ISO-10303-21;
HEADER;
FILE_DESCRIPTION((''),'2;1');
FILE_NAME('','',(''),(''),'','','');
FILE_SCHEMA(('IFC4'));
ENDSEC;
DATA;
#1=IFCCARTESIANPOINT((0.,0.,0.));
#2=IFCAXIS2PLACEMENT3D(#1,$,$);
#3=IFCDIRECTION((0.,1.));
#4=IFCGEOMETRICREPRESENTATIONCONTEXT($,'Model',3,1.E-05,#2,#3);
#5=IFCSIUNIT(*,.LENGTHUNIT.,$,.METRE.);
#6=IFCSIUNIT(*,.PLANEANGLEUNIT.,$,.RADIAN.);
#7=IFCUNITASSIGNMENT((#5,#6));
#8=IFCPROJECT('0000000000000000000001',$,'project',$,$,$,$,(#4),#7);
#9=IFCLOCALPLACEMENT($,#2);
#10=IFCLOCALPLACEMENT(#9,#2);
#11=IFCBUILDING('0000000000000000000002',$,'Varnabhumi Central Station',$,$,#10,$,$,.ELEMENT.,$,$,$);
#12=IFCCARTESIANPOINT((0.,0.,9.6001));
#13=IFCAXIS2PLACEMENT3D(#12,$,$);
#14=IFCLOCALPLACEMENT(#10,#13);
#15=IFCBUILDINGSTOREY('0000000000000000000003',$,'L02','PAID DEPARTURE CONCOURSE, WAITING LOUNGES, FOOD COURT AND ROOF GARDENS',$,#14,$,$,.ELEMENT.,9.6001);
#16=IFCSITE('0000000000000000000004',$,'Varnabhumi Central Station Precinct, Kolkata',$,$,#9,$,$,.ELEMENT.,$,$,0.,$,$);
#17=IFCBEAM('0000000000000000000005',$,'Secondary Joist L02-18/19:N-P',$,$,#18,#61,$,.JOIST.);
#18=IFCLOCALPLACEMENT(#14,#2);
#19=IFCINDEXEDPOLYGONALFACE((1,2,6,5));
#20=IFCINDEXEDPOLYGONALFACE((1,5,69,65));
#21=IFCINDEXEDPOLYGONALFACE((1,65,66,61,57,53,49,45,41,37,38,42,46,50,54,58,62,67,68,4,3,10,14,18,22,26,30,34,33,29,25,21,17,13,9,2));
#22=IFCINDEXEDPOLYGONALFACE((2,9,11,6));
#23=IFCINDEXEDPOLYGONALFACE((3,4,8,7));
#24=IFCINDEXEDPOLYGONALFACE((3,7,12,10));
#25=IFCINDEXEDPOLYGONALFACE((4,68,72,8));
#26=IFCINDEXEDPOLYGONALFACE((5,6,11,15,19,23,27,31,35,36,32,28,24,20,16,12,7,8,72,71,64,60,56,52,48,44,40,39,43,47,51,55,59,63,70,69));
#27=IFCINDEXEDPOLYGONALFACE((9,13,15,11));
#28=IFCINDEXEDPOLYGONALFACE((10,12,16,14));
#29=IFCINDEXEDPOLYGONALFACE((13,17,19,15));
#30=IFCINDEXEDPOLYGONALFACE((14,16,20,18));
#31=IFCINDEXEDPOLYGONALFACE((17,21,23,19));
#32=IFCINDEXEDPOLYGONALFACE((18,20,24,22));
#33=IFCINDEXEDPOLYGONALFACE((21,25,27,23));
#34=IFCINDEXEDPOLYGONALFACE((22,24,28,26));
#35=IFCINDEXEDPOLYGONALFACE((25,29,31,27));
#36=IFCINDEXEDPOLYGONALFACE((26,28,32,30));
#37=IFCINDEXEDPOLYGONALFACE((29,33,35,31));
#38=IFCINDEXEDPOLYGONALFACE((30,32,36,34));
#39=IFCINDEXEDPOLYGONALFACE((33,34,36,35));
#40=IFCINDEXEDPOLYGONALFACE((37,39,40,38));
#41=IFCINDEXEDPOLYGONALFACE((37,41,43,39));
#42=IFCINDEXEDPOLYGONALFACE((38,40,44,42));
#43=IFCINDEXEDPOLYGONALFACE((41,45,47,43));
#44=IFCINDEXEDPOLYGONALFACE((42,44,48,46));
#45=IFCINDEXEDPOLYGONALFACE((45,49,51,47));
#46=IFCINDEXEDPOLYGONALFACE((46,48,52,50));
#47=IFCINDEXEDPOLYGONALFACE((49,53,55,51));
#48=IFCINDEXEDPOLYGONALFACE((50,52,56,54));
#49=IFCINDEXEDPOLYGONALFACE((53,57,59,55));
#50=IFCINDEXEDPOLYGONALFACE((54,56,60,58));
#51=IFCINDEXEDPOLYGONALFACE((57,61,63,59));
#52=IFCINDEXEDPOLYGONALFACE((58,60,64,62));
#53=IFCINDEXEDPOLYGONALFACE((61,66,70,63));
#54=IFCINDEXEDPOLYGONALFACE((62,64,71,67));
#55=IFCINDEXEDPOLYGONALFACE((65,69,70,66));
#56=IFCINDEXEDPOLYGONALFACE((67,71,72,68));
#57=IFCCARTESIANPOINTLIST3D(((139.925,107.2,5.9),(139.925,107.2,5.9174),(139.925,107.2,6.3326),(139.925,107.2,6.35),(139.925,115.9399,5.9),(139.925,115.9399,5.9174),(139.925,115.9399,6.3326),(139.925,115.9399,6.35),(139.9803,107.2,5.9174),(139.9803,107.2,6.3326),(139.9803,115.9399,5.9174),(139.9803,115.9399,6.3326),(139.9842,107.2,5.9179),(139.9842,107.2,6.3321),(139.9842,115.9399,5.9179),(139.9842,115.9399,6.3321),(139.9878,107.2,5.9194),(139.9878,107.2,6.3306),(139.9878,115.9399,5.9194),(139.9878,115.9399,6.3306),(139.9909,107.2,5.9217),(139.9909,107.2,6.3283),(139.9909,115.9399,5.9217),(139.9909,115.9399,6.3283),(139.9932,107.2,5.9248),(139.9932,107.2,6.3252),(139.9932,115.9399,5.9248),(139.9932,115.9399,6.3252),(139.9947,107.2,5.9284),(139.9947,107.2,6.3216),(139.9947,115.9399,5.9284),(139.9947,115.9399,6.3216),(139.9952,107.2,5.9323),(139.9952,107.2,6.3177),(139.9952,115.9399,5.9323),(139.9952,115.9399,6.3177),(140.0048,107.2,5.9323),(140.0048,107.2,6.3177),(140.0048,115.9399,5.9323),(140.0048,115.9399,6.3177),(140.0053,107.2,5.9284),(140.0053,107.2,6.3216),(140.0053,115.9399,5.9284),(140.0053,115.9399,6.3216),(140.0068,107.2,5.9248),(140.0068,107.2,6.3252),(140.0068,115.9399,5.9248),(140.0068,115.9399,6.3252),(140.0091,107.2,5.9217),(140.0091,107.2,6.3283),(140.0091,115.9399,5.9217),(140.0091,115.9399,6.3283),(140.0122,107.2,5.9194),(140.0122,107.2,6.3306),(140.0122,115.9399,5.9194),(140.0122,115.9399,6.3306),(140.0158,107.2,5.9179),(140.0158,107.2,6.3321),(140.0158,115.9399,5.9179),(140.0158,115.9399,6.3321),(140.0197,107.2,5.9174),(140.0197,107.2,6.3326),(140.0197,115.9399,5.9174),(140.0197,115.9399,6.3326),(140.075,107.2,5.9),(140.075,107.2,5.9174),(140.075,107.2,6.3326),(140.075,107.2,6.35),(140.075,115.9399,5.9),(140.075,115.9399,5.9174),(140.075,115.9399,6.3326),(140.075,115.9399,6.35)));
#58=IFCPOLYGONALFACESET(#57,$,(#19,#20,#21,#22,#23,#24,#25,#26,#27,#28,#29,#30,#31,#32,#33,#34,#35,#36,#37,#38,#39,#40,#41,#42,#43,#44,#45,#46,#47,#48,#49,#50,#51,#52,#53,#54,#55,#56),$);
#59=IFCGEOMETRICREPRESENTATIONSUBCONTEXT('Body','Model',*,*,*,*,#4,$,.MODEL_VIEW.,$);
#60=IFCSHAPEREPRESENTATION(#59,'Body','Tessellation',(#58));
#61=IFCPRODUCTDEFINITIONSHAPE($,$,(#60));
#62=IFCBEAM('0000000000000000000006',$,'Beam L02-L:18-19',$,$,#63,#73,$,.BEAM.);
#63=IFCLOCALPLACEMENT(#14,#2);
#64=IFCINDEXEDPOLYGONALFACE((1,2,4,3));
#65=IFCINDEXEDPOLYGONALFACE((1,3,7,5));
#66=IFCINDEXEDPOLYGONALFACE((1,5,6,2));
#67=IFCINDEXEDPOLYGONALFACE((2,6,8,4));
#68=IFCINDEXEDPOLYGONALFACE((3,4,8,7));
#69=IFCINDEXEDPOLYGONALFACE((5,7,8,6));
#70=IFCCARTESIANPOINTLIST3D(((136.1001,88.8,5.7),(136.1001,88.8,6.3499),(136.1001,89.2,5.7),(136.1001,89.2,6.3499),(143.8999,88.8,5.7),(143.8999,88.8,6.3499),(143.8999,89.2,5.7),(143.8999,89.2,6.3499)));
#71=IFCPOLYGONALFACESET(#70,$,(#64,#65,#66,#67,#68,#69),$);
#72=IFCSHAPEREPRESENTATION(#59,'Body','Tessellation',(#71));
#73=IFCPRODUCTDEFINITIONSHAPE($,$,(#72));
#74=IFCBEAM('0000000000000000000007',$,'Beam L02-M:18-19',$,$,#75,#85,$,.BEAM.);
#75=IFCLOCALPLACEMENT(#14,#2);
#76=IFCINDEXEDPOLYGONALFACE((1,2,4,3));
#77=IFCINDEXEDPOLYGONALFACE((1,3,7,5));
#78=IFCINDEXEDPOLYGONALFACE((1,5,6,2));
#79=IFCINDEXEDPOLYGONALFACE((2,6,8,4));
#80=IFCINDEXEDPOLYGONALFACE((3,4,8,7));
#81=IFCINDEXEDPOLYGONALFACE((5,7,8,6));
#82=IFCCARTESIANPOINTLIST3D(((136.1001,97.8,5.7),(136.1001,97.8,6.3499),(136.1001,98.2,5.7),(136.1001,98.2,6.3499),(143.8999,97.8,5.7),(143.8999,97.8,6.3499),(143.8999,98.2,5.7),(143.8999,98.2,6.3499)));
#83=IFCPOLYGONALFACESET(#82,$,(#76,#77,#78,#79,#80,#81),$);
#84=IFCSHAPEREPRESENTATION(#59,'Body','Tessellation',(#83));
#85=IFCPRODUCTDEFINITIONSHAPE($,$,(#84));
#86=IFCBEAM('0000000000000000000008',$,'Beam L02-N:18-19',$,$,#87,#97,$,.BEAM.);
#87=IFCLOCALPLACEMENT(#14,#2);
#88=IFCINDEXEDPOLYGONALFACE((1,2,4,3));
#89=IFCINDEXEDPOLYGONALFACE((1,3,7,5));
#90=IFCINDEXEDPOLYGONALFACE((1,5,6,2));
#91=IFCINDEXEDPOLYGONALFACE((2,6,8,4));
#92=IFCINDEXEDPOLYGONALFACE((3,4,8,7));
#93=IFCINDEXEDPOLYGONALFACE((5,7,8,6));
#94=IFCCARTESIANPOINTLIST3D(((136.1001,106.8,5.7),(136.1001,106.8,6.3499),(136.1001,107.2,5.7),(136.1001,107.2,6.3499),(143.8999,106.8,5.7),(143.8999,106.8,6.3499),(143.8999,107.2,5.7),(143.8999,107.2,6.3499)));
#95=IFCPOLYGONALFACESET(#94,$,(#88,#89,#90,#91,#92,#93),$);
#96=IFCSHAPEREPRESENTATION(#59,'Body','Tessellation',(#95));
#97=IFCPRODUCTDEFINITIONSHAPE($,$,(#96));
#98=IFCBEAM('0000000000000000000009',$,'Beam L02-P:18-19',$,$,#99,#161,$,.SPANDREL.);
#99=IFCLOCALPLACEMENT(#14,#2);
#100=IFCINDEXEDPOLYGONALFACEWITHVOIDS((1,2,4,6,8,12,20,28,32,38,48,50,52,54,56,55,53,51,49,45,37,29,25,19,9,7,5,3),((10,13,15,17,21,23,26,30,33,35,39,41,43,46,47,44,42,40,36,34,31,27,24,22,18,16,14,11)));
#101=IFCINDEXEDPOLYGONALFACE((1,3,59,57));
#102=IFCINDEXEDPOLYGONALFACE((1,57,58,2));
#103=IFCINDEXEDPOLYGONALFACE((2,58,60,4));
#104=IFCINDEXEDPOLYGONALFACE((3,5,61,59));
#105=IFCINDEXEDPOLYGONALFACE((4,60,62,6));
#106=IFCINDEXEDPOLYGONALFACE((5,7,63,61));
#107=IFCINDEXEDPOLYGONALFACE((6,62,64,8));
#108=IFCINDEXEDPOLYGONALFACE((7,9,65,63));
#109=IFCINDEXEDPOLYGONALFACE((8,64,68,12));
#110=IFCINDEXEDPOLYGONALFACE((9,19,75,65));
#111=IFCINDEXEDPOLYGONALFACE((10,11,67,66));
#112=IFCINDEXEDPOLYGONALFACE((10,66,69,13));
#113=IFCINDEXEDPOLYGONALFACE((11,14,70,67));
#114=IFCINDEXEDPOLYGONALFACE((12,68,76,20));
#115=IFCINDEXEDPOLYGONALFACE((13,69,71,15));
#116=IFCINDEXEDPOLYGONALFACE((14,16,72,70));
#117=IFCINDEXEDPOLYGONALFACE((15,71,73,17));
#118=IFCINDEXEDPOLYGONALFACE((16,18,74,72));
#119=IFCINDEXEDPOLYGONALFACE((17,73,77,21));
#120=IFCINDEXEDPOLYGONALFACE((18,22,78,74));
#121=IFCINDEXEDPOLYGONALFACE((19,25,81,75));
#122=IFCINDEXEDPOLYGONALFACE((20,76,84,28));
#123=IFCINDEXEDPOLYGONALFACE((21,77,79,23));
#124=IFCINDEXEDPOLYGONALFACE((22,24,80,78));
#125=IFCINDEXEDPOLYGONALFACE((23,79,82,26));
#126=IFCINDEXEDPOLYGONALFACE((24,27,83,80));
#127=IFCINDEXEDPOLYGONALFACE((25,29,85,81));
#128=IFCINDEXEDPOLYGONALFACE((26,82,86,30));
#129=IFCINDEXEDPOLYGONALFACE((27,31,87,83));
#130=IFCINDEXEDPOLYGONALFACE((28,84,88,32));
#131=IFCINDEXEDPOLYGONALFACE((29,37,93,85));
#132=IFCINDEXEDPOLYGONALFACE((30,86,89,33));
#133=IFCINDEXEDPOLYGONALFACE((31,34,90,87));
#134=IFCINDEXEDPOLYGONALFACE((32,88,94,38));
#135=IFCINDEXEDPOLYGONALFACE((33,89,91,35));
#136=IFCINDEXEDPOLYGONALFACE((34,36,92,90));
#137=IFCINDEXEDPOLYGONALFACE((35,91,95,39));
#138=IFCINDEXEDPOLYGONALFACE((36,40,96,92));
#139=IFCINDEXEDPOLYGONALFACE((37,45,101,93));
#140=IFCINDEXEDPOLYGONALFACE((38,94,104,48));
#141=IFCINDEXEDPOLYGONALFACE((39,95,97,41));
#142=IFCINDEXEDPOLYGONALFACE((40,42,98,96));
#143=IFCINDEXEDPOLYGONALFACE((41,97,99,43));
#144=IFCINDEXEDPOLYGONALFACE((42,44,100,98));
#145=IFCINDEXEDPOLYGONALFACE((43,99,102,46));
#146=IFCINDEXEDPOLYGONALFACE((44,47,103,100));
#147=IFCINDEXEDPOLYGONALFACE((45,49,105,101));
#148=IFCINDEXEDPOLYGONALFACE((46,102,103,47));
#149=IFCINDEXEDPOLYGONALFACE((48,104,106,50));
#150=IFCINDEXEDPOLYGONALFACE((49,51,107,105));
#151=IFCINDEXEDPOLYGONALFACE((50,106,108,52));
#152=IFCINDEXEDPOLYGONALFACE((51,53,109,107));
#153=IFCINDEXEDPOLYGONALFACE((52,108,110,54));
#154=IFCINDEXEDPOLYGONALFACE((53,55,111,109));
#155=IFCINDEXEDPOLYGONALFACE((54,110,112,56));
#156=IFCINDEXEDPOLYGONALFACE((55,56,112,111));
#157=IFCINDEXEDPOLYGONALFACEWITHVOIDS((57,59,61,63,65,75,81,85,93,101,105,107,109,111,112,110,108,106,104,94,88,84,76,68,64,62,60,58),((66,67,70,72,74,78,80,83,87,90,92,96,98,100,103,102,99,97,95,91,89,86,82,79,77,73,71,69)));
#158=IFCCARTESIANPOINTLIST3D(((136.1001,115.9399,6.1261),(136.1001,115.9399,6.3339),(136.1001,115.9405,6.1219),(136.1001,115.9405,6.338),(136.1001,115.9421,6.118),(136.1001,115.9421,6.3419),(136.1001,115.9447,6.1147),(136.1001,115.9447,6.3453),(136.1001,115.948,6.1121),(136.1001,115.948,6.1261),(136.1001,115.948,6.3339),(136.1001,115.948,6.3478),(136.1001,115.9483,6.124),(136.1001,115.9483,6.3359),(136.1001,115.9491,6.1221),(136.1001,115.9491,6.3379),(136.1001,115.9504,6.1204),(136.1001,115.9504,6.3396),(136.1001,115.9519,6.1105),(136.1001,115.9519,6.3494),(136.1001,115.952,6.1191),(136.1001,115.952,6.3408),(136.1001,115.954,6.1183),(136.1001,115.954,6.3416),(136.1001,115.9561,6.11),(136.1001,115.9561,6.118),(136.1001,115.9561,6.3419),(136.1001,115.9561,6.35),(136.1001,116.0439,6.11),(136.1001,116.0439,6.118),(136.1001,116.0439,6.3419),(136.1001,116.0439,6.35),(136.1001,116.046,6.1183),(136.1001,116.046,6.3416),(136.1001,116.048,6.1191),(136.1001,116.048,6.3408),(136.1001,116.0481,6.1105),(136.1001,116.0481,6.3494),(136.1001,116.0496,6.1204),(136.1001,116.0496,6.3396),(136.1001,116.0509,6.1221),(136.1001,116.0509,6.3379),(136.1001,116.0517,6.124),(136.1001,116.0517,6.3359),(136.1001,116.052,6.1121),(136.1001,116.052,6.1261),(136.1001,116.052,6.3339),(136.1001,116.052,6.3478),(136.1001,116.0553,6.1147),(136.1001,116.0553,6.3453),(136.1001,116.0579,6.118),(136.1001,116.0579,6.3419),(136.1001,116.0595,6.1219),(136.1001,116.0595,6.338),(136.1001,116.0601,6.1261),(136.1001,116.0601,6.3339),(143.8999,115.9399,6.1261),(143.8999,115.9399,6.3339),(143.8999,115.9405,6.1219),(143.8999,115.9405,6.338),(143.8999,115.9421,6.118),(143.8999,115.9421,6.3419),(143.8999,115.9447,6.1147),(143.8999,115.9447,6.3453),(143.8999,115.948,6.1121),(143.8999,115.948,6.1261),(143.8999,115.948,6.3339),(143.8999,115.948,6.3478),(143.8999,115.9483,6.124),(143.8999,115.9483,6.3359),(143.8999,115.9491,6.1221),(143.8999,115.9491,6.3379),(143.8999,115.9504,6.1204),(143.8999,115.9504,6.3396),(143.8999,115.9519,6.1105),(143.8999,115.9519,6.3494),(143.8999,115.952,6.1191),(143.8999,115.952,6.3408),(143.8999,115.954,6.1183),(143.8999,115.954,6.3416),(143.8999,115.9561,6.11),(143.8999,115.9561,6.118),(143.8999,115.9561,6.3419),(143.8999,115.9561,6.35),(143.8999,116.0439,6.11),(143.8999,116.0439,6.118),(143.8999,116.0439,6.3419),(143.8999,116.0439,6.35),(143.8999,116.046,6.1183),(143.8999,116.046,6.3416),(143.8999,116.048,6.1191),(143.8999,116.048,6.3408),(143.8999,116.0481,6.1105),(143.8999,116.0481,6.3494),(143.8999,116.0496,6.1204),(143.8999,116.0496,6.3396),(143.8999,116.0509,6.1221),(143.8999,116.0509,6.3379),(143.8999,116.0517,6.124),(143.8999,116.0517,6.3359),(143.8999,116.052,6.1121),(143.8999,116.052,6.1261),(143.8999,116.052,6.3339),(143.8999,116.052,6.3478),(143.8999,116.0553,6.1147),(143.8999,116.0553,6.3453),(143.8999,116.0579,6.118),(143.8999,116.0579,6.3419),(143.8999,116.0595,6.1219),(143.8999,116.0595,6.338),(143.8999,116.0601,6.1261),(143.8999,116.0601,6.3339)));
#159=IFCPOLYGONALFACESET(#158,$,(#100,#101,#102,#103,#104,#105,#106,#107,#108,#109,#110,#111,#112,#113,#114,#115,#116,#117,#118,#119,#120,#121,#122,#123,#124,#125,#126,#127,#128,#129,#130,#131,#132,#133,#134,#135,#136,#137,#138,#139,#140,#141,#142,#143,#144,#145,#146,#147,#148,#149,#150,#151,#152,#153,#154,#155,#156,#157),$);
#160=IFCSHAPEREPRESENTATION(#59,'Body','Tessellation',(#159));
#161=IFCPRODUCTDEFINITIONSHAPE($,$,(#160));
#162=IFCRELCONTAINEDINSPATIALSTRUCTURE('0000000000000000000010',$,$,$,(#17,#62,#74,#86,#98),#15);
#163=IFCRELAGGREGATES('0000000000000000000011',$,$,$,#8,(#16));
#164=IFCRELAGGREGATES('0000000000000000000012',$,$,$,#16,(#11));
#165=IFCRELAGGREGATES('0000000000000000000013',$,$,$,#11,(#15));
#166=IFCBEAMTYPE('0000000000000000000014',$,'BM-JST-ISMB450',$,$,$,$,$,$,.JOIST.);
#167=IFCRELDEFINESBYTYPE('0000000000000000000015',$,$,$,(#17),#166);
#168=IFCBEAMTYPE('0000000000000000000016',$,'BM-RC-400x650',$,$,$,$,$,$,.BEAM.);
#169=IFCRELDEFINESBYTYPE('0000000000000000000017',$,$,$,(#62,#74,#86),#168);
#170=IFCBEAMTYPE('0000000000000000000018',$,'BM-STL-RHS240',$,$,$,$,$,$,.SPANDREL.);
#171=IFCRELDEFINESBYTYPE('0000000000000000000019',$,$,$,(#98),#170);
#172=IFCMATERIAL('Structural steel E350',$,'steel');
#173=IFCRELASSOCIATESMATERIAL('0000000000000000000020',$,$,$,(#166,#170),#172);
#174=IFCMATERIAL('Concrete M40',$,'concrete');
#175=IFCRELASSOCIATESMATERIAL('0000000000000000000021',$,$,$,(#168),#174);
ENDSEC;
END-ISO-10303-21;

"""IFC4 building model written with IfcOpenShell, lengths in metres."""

from ifc_helpers import new_model, si_unit, direction, frame, origin, origin_2d, place, context, subcontext, project, spatial, rectangle, hollow_rectangle, i_section, extrude, material, material_profile, profile_set, type_object, element, save


model = new_model("IFC4")

# Units and contexts
model_context = context("Model", 3, precision=1e-05, world=origin(), true_north=direction((0.0, 1.0)))
body_context = subcontext(model_context, "Body", "Model", "MODEL_VIEW")
ifc_project = project(units=[si_unit("LENGTHUNIT", "METRE"), si_unit("PLANEANGLEUNIT", "RADIAN")], contexts=[model_context])

# Site, building, storey
site_placement = place(None, origin())
site = spatial("IfcSite", under=ifc_project, at=site_placement, Name="Varnabhumi Central Station Precinct, Kolkata", CompositionType="ELEMENT", RefElevation=0.0)
building_placement = place(site_placement, origin())
building = spatial("IfcBuilding", under=site, at=building_placement, Name="Varnabhumi Central Station", CompositionType="ELEMENT")
storey_placement = place(building_placement, frame((0.0, 0.0, 9.6001)))
storey = spatial("IfcBuildingStorey", under=building, at=storey_placement, Name="L02", Description="PAID DEPARTURE CONCOURSE, WAITING LOUNGES, FOOD COURT AND ROOF GARDENS", CompositionType="ELEMENT", Elevation=9.6001)

# Shared definitions
ifc_material_1 = material(Name="Concrete M40", Category="concrete")

# Beams
ifc_material_2 = material(Name="Structural steel E350", Category="steel")
ifc_material_profile_1 = material_profile(ifc_material_2, i_section(OverallWidth=0.1499, OverallDepth=0.45, WebThickness=0.0095, FlangeThickness=0.0173, FilletRadius=0.0149, at=origin_2d()), Name="Structural steel E350", Category="steel")
ifc_profile_set_1 = profile_set([ifc_material_profile_1], Name="Structural steel E350")
beam_type_1 = type_object("IfcBeamType", Name="BM-JST-ISMB450", PredefinedType="JOIST", material=ifc_profile_set_1)
beam_1_placement = place(storey_placement, frame((140.0, 107.2, 6.125), z_axis=(0.0, 1.0, 0.0), x_axis=(-1.0, 0.0, 0.0)))
element("IfcBeam", 1, at=beam_1_placement, inside=storey, type_object=beam_type_1, Name="Secondary Joist L02-18/19:N-P", PredefinedType="JOIST", context=body_context, shape_type="SweptSolid", body=[
    extrude(i_section(OverallWidth=0.1499, OverallDepth=0.45, WebThickness=0.0095, FlangeThickness=0.0173, FilletRadius=0.0149, at=origin_2d()), origin(), (0.0, 0.0, 1.0), 8.74),
])
ifc_material_profile_2 = material_profile(ifc_material_1, rectangle(XDim=0.3999, YDim=0.6499, at=origin_2d()), Name="Concrete M40", Category="concrete")
ifc_profile_set_2 = profile_set([ifc_material_profile_2], Name="Concrete M40")
beam_type_2 = type_object("IfcBeamType", Name="BM-RC-400x650", PredefinedType="BEAM", material=ifc_profile_set_2)
for number, where, z_axis, x_axis, name in (
    (2, (136.1001, 89.0, 6.0249), (1.0, 0.0, 0.0), (0.0, 1.0, 0.0), "Beam L02-L:18-19"),
    (3, (136.1001, 98.0, 6.0249), (1.0, 0.0, 0.0), (0.0, 1.0, 0.0), "Beam L02-M:18-19"),
    (4, (136.1001, 107.0, 6.0249), (1.0, 0.0, 0.0), (0.0, 1.0, 0.0), "Beam L02-N:18-19"),
):
    element("IfcBeam", number, at=place(storey_placement, frame(where, z_axis=z_axis, x_axis=x_axis)), inside=storey, type_object=beam_type_2, Name=name, PredefinedType="BEAM", context=body_context, shape_type="SweptSolid", body=[
        extrude(rectangle(XDim=0.3999, YDim=0.6499, at=origin_2d()), origin(), (0.0, 0.0, 1.0), 7.7998),
    ])
ifc_material_profile_3 = material_profile(ifc_material_2, hollow_rectangle(XDim=0.1201, YDim=0.24, WallThickness=0.0081, InnerFilletRadius=0.0081, OuterFilletRadius=0.0161, at=origin_2d()), Name="Structural steel E350", Category="steel")
ifc_profile_set_3 = profile_set([ifc_material_profile_3], Name="Structural steel E350")
beam_type_3 = type_object("IfcBeamType", Name="BM-STL-RHS240", PredefinedType="SPANDREL", material=ifc_profile_set_3)
beam_2_placement = place(storey_placement, frame((136.1001, 116.0, 6.23), z_axis=(1.0, 0.0, 0.0), x_axis=(0.0, 1.0, 0.0)))
element("IfcBeam", 5, at=beam_2_placement, inside=storey, type_object=beam_type_3, Name="Beam L02-P:18-19", PredefinedType="SPANDREL", context=body_context, shape_type="SweptSolid", body=[
    extrude(hollow_rectangle(XDim=0.1201, YDim=0.24, WallThickness=0.0081, InnerFilletRadius=0.0081, OuterFilletRadius=0.0161, at=origin_2d()), origin(), (0.0, 0.0, 1.0), 7.7998),
])

save(model, "model.ifc")
